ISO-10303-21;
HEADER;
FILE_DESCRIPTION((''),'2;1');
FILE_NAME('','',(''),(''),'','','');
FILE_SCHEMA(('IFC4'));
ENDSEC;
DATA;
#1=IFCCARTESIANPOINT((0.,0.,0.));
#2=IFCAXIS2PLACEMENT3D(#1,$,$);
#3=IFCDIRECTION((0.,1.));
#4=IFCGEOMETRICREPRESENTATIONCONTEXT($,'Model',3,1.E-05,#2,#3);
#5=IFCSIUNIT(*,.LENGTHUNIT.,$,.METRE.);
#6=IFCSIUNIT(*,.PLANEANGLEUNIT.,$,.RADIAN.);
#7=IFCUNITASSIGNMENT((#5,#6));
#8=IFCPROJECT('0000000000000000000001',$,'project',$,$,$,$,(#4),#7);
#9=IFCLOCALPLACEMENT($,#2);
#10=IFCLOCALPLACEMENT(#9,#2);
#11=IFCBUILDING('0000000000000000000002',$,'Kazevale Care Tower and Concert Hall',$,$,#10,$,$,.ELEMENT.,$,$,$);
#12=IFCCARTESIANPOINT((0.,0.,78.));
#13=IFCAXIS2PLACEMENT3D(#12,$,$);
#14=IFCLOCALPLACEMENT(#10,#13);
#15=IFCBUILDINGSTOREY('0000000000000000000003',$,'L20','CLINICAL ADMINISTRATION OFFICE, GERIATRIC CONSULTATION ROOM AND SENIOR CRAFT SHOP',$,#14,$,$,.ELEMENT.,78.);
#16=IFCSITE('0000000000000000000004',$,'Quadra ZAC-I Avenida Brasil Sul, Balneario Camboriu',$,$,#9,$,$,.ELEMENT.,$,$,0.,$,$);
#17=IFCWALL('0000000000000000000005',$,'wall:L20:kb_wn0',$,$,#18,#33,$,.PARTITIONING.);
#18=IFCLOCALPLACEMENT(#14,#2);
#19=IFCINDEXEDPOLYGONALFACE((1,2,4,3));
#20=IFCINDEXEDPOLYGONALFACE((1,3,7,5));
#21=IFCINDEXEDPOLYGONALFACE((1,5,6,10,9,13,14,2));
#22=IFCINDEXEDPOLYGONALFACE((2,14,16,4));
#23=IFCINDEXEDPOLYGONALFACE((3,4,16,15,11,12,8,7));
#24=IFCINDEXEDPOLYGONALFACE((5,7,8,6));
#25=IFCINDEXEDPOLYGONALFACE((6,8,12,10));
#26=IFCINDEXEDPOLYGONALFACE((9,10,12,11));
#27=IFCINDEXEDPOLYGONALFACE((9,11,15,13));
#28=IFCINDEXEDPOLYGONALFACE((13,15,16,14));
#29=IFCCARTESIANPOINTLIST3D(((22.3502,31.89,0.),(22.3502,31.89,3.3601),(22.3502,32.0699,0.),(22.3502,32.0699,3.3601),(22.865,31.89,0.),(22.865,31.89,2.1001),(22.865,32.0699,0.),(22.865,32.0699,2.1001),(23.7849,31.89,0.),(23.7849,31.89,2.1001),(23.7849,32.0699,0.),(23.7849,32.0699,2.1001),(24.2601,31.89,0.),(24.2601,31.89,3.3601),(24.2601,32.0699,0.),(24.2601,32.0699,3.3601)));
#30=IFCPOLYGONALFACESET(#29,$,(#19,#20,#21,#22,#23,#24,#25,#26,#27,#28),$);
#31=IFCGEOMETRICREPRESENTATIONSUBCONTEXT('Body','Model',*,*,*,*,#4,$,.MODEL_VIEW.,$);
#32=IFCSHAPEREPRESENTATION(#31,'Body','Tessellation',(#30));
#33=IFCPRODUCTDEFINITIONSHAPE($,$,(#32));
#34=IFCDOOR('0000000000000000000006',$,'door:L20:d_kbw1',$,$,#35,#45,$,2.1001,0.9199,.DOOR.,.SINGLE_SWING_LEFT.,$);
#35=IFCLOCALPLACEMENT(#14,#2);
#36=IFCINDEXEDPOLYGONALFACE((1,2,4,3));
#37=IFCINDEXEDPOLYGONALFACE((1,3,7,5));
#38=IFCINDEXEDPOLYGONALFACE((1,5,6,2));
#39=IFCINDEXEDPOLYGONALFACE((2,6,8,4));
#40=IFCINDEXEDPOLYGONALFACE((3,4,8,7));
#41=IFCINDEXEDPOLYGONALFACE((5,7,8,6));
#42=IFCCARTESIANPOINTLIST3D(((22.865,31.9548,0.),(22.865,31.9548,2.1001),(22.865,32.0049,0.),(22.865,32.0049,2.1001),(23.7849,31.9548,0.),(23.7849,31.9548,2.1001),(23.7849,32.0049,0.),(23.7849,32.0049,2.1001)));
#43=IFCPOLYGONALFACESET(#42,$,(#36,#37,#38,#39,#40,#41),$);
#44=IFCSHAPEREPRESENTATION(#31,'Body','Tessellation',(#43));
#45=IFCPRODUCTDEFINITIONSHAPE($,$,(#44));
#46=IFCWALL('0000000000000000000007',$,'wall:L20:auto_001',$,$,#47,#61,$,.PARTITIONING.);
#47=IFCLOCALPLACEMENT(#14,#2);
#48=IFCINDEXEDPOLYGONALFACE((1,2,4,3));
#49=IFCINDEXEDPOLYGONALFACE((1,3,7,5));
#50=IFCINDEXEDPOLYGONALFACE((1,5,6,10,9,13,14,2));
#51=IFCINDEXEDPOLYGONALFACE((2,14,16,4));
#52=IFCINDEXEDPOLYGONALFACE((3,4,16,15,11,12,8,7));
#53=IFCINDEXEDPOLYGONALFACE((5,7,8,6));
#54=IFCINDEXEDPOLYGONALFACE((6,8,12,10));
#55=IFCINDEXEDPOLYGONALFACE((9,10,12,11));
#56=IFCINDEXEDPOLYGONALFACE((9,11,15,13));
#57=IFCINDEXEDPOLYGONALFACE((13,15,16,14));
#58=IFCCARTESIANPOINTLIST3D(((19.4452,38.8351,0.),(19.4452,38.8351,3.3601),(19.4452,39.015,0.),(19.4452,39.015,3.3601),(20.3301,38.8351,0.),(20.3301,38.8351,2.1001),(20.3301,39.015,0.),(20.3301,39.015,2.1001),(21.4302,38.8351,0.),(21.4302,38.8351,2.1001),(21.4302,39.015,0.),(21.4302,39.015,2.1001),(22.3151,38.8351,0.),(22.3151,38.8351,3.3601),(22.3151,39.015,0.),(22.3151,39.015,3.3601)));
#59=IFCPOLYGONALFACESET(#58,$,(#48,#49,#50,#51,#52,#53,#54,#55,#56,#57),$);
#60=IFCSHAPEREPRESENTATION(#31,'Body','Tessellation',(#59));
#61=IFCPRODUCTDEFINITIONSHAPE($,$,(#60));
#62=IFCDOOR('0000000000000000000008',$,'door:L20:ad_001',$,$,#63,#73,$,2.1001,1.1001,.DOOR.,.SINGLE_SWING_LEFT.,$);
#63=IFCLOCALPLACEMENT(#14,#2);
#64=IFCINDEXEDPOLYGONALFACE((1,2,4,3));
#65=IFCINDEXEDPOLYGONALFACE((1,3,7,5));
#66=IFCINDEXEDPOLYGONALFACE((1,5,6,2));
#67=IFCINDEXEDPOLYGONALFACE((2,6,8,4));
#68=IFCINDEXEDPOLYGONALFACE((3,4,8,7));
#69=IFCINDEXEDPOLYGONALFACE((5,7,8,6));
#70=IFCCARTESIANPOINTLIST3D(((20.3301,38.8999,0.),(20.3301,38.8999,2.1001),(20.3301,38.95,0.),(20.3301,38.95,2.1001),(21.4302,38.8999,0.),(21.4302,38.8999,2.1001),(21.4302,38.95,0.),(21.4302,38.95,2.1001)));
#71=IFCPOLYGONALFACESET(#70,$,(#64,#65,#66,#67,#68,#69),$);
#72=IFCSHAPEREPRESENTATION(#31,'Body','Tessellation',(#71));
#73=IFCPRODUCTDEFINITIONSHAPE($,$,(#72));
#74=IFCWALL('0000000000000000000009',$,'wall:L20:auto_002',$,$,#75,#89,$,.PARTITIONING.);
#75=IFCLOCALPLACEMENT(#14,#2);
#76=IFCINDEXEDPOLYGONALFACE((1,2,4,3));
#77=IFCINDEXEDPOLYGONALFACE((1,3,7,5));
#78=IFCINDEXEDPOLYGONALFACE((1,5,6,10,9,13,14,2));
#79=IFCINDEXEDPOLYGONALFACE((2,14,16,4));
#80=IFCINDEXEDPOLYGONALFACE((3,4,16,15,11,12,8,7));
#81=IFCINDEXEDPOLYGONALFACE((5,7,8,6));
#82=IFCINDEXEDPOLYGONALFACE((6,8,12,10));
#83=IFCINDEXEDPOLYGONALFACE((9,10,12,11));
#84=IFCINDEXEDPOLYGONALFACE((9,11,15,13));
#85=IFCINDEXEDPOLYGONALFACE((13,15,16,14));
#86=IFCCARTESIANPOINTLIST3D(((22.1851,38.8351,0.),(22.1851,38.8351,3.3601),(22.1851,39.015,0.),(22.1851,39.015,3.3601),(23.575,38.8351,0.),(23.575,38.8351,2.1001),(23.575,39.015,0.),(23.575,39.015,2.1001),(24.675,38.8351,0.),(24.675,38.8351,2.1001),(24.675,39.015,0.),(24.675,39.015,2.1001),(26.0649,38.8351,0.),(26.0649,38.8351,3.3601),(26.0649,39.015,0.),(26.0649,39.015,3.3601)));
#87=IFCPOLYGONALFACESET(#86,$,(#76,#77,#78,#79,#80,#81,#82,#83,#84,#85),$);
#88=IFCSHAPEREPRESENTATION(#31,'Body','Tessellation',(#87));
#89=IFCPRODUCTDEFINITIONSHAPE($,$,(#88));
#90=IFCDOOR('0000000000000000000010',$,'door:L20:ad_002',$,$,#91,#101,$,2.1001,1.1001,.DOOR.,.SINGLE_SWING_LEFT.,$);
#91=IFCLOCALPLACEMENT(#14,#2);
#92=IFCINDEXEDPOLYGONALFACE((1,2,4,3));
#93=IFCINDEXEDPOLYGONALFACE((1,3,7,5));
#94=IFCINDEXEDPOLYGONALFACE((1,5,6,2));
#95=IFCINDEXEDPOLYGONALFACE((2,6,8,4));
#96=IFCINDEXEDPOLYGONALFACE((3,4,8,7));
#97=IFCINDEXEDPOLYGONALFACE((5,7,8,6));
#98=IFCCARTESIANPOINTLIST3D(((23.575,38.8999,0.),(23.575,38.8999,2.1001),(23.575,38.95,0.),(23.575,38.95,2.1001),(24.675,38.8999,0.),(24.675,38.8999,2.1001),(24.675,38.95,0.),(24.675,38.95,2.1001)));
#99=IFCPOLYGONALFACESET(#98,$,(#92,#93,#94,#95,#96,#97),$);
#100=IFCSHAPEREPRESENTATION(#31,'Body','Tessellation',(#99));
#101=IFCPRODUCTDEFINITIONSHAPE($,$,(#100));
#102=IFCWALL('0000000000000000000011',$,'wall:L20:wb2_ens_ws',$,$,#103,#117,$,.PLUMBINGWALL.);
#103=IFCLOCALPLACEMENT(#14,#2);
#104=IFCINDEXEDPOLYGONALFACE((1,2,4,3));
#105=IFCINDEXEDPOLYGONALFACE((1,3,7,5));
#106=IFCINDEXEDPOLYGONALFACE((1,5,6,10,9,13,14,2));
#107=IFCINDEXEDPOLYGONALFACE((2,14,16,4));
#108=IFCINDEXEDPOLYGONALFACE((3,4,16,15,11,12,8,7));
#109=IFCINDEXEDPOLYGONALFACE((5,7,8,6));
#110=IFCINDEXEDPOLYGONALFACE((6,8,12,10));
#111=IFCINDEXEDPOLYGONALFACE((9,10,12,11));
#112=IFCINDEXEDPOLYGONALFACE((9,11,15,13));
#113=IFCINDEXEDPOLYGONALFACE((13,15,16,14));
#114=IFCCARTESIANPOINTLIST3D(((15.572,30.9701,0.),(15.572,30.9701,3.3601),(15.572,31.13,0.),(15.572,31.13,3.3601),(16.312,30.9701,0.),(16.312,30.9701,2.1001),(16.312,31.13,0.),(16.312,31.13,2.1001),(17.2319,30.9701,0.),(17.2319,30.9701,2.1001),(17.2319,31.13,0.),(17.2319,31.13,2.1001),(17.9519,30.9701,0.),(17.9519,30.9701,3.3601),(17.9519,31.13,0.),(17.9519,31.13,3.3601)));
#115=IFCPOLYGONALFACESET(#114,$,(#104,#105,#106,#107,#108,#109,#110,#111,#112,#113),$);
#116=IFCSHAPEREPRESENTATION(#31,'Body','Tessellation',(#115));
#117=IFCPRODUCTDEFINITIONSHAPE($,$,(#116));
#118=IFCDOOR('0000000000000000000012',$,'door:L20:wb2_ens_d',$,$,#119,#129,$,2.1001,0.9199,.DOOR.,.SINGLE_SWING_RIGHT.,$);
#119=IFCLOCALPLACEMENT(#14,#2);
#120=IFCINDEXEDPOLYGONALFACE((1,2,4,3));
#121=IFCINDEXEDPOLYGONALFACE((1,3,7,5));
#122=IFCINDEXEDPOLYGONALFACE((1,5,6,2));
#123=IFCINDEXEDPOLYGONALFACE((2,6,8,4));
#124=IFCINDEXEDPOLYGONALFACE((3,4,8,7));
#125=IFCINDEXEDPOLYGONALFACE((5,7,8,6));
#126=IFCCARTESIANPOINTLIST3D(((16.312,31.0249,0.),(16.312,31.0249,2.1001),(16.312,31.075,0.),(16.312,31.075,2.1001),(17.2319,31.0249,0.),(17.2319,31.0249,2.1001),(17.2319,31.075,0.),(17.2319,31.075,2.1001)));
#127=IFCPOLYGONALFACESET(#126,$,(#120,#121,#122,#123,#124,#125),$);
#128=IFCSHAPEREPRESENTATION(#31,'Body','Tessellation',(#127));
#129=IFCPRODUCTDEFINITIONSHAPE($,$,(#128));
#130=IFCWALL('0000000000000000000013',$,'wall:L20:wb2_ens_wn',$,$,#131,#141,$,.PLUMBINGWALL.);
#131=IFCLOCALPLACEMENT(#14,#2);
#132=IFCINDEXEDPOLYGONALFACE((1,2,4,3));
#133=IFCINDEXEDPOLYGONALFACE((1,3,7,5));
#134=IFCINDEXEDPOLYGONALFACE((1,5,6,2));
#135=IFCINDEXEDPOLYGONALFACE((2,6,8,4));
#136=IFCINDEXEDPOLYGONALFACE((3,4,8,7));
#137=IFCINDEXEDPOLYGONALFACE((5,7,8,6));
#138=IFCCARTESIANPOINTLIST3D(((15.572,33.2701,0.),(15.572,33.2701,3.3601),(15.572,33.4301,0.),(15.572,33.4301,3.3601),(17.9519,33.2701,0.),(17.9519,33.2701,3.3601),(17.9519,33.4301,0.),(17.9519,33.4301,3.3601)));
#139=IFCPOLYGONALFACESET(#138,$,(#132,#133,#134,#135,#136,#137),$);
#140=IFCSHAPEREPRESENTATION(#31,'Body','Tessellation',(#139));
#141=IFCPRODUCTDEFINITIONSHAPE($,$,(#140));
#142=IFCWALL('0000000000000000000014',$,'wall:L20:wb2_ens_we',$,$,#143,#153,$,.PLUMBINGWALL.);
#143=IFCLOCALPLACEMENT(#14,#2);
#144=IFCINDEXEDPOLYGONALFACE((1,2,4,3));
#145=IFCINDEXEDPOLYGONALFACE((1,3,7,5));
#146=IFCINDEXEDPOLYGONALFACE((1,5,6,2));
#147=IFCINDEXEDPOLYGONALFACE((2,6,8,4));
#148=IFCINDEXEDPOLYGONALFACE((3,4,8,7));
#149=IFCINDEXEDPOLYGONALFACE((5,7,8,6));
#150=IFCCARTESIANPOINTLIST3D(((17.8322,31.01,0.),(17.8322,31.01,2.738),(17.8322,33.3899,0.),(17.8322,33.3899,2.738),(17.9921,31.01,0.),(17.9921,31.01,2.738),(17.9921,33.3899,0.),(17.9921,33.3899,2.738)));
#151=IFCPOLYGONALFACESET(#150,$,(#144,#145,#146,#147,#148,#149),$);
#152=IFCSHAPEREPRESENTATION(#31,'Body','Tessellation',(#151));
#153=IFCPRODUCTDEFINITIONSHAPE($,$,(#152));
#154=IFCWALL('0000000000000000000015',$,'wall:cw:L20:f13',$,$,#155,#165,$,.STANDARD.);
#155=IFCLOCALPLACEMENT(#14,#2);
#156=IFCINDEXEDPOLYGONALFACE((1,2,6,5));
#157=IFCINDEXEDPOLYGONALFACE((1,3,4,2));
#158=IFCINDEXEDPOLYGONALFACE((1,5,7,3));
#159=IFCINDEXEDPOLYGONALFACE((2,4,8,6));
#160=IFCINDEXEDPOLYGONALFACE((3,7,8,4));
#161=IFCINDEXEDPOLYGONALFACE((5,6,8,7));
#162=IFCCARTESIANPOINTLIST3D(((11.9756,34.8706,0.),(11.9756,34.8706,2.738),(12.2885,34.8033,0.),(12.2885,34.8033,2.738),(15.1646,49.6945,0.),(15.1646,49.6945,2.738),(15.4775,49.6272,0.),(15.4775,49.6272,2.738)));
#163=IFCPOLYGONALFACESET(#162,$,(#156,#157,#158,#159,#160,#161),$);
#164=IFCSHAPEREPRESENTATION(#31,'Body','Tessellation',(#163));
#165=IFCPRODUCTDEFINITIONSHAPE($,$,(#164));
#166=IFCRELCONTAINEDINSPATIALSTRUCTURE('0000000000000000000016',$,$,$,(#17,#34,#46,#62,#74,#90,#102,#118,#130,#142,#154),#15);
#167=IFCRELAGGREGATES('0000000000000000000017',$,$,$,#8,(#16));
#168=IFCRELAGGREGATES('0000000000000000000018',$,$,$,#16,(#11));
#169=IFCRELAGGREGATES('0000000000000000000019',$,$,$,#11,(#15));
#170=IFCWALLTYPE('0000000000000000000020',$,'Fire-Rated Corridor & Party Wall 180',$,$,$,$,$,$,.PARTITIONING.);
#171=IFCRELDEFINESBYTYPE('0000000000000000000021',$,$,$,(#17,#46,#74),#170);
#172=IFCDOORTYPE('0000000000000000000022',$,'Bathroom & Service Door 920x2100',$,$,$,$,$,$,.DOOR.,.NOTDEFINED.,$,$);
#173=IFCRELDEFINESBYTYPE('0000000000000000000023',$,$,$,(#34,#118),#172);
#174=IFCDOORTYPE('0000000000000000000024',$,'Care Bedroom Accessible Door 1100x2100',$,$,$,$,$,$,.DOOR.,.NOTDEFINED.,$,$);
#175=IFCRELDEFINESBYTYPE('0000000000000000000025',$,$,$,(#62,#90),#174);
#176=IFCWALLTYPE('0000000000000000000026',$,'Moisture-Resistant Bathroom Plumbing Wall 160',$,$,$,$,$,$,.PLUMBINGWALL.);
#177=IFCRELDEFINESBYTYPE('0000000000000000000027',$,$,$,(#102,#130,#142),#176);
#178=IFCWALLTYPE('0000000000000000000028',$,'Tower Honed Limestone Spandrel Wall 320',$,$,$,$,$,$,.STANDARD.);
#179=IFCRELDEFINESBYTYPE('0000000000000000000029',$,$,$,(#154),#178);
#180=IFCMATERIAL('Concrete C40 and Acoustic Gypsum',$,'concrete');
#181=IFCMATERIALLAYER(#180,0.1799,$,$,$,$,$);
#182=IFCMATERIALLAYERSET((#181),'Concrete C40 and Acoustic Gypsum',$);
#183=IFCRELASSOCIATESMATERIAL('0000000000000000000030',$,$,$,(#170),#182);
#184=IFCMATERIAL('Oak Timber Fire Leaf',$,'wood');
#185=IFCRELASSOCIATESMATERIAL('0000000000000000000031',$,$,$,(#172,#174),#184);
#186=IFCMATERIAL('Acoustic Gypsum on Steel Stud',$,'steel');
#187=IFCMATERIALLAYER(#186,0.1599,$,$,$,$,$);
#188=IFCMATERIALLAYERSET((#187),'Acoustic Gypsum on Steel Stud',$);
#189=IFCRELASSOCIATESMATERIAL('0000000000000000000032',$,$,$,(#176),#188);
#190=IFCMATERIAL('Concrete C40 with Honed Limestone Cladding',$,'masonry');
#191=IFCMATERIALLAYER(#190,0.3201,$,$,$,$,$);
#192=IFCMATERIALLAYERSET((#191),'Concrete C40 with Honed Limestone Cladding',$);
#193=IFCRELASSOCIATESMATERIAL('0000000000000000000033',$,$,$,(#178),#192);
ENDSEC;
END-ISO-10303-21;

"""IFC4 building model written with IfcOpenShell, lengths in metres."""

from ifc_helpers import new_model, si_unit, direction, frame, frame_2d, origin, place, context, subcontext, project, spatial, rectangle, extrude, material, layer, layer_set, type_object, element, fill, save


model = new_model("IFC4")

# Units and contexts
model_context = context("Model", 3, precision=1e-05, world=origin(), true_north=direction((0.0, 1.0)))
body_context = subcontext(model_context, "Body", "Model", "MODEL_VIEW")
ifc_project = project(units=[si_unit("LENGTHUNIT", "METRE"), si_unit("PLANEANGLEUNIT", "RADIAN")], contexts=[model_context])

# Site, building, storey
site_placement = place(None, origin())
site = spatial("IfcSite", under=ifc_project, at=site_placement, Name="Quadra ZAC-I Avenida Brasil Sul, Balneario Camboriu", CompositionType="ELEMENT", RefElevation=0.0)
building_placement = place(site_placement, origin())
building = spatial("IfcBuilding", under=site, at=building_placement, Name="Kazevale Care Tower and Concert Hall", CompositionType="ELEMENT")
storey_placement = place(building_placement, frame((0.0, 0.0, 78.0)))
storey = spatial("IfcBuildingStorey", under=building, at=storey_placement, Name="L20", Description="CLINICAL ADMINISTRATION OFFICE, GERIATRIC CONSULTATION ROOM AND SENIOR CRAFT SHOP", CompositionType="ELEMENT", Elevation=78.0)

# Walls, openings, doors
ifc_material_1 = material(Name="Concrete C40 and Acoustic Gypsum", Category="concrete")
ifc_layer_1 = layer(ifc_material_1, 0.1799)
ifc_layer_set_1 = layer_set([ifc_layer_1], Name="Concrete C40 and Acoustic Gypsum")
wall_type_1 = type_object("IfcWallType", Name="Fire-Rated Corridor & Party Wall 180", PredefinedType="PARTITIONING", material=ifc_layer_set_1)
wall_1_placement = place(storey_placement, frame((22.3501, 31.98, 0.0), z_axis=(0.0, 0.0, 1.0), x_axis=(1.0, 0.0, 0.0)))
wall_1 = element("IfcWall", 1, at=wall_1_placement, inside=storey, type_object=wall_type_1, Name="wall:L20:kb_wn0", PredefinedType="PARTITIONING", context=body_context, shape_type="SweptSolid", body=[
    extrude(rectangle(XDim=1.9099, YDim=0.1799, at=frame_2d((0.9551, 0.0))), origin(), (0.0, 0.0, 1.0), 3.3601),
])
opening_1_placement = place(wall_1_placement, frame((0.5149, 0.0, 0.0)))
opening_1 = element("IfcOpeningElement", 2, at=opening_1_placement, cuts=wall_1, PredefinedType="OPENING", context=body_context, shape_type="SweptSolid", body=[
    extrude(rectangle(XDim=0.9199, YDim=2.1001, at=frame_2d((0.46, 1.05))), frame((0.0, 0.0999, 0.0), z_axis=(0.0, -1.0, 0.0), x_axis=(1.0, 0.0, 0.0)), (0.0, 0.0, 1.0), 0.2),
])
ifc_material_2 = material(Name="Oak Timber Fire Leaf", Category="wood")
door_type_1 = type_object("IfcDoorType", Name="Bathroom & Service Door 920x2100", OperationType="NOTDEFINED", PredefinedType="DOOR", material=ifc_material_2)
door_1_placement = place(opening_1_placement, origin())
door_1 = element("IfcDoor", 3, at=door_1_placement, inside=storey, type_object=door_type_1, Name="door:L20:d_kbw1", OperationType="SINGLE_SWING_LEFT", OverallHeight=2.1001, OverallWidth=0.9199, PredefinedType="DOOR", context=body_context, shape_type="SweptSolid", body=[
    extrude(rectangle(XDim=0.9199, YDim=2.1001, at=frame_2d((0.46, 1.05))), frame((0.0, 0.0249, 0.0), z_axis=(0.0, -1.0, 0.0), x_axis=(1.0, 0.0, 0.0)), (0.0, 0.0, 1.0), 0.05),
])
fill(opening_1, door_1)
wall_2_placement = place(storey_placement, frame((19.4451, 38.925, 0.0), z_axis=(0.0, 0.0, 1.0), x_axis=(1.0, 0.0, 0.0)))
wall_2 = element("IfcWall", 4, at=wall_2_placement, inside=storey, type_object=wall_type_1, Name="wall:L20:auto_001", PredefinedType="PARTITIONING", context=body_context, shape_type="SweptSolid", body=[
    extrude(rectangle(XDim=2.8699, YDim=0.1799, at=frame_2d((1.4351, 0.0))), origin(), (0.0, 0.0, 1.0), 3.3601),
])
opening_2_placement = place(wall_2_placement, frame((0.885, 0.0, 0.0)))
opening_2 = element("IfcOpeningElement", 5, at=opening_2_placement, cuts=wall_2, PredefinedType="OPENING", context=body_context, shape_type="SweptSolid", body=[
    extrude(rectangle(XDim=1.1001, YDim=2.1001, at=frame_2d((0.55, 1.05))), frame((0.0, 0.0999, 0.0), z_axis=(0.0, -1.0, 0.0), x_axis=(1.0, 0.0, 0.0)), (0.0, 0.0, 1.0), 0.2),
])
door_type_2 = type_object("IfcDoorType", Name="Care Bedroom Accessible Door 1100x2100", OperationType="NOTDEFINED", PredefinedType="DOOR", material=ifc_material_2)
door_2_placement = place(opening_2_placement, origin())
door_2 = element("IfcDoor", 6, at=door_2_placement, inside=storey, type_object=door_type_2, Name="door:L20:ad_001", OperationType="SINGLE_SWING_LEFT", OverallHeight=2.1001, OverallWidth=1.1001, PredefinedType="DOOR", context=body_context, shape_type="SweptSolid", body=[
    extrude(rectangle(XDim=1.1001, YDim=2.1001, at=frame_2d((0.55, 1.05))), frame((0.0, 0.0249, 0.0), z_axis=(0.0, -1.0, 0.0), x_axis=(1.0, 0.0, 0.0)), (0.0, 0.0, 1.0), 0.05),
])
fill(opening_2, door_2)
wall_3_placement = place(storey_placement, frame((22.1851, 38.925, 0.0), z_axis=(0.0, 0.0, 1.0), x_axis=(1.0, 0.0, 0.0)))
wall_3 = element("IfcWall", 7, at=wall_3_placement, inside=storey, type_object=wall_type_1, Name="wall:L20:auto_002", PredefinedType="PARTITIONING", context=body_context, shape_type="SweptSolid", body=[
    extrude(rectangle(XDim=3.8799, YDim=0.1799, at=frame_2d((1.9399, 0.0))), origin(), (0.0, 0.0, 1.0), 3.3601),
])
opening_3_placement = place(wall_3_placement, frame((1.3899, 0.0, 0.0)))
opening_3 = element("IfcOpeningElement", 8, at=opening_3_placement, cuts=wall_3, PredefinedType="OPENING", context=body_context, shape_type="SweptSolid", body=[
    extrude(rectangle(XDim=1.1001, YDim=2.1001, at=frame_2d((0.55, 1.05))), frame((0.0, 0.0999, 0.0), z_axis=(0.0, -1.0, 0.0), x_axis=(1.0, 0.0, 0.0)), (0.0, 0.0, 1.0), 0.2),
])
door_3_placement = place(opening_3_placement, origin())
door_3 = element("IfcDoor", 9, at=door_3_placement, inside=storey, type_object=door_type_2, Name="door:L20:ad_002", OperationType="SINGLE_SWING_LEFT", OverallHeight=2.1001, OverallWidth=1.1001, PredefinedType="DOOR", context=body_context, shape_type="SweptSolid", body=[
    extrude(rectangle(XDim=1.1001, YDim=2.1001, at=frame_2d((0.55, 1.05))), frame((0.0, 0.0249, 0.0), z_axis=(0.0, -1.0, 0.0), x_axis=(1.0, 0.0, 0.0)), (0.0, 0.0, 1.0), 0.05),
])
fill(opening_3, door_3)
ifc_material_3 = material(Name="Acoustic Gypsum on Steel Stud", Category="steel")
ifc_layer_2 = layer(ifc_material_3, 0.1599)
ifc_layer_set_2 = layer_set([ifc_layer_2], Name="Acoustic Gypsum on Steel Stud")
wall_type_2 = type_object("IfcWallType", Name="Moisture-Resistant Bathroom Plumbing Wall 160", PredefinedType="PLUMBINGWALL", material=ifc_layer_set_2)
wall_4_placement = place(storey_placement, frame((15.572, 31.05, 0.0), z_axis=(0.0, 0.0, 1.0), x_axis=(1.0, 0.0, 0.0)))
wall_4 = element("IfcWall", 10, at=wall_4_placement, inside=storey, type_object=wall_type_2, Name="wall:L20:wb2_ens_ws", PredefinedType="PLUMBINGWALL", context=body_context, shape_type="SweptSolid", body=[
    extrude(rectangle(XDim=2.3799, YDim=0.1599, at=frame_2d((1.1899, 0.0))), origin(), (0.0, 0.0, 1.0), 3.3601),
])
opening_4_placement = place(wall_4_placement, frame((0.74, 0.0, 0.0)))
opening_4 = element("IfcOpeningElement", 11, at=opening_4_placement, cuts=wall_4, PredefinedType="OPENING", context=body_context, shape_type="SweptSolid", body=[
    extrude(rectangle(XDim=0.9199, YDim=2.1001, at=frame_2d((0.46, 1.05))), frame((0.0, 0.0898, 0.0), z_axis=(0.0, -1.0, 0.0), x_axis=(1.0, 0.0, 0.0)), (0.0, 0.0, 1.0), 0.1799),
])
door_4_placement = place(opening_4_placement, origin())
door_4 = element("IfcDoor", 12, at=door_4_placement, inside=storey, type_object=door_type_1, Name="door:L20:wb2_ens_d", OperationType="SINGLE_SWING_RIGHT", OverallHeight=2.1001, OverallWidth=0.9199, PredefinedType="DOOR", context=body_context, shape_type="SweptSolid", body=[
    extrude(rectangle(XDim=0.9199, YDim=2.1001, at=frame_2d((0.46, 1.05))), frame((0.0, 0.0249, 0.0), z_axis=(0.0, -1.0, 0.0), x_axis=(1.0, 0.0, 0.0)), (0.0, 0.0, 1.0), 0.05),
])
fill(opening_4, door_4)

# Walls
wall_5_placement = place(storey_placement, frame((15.572, 33.3501, 0.0), z_axis=(0.0, 0.0, 1.0), x_axis=(1.0, 0.0, 0.0)))
element("IfcWall", 13, at=wall_5_placement, inside=storey, type_object=wall_type_2, Name="wall:L20:wb2_ens_wn", PredefinedType="PLUMBINGWALL", context=body_context, shape_type="SweptSolid", body=[
    extrude(rectangle(XDim=2.3799, YDim=0.1599, at=frame_2d((1.1899, 0.0))), origin(), (0.0, 0.0, 1.0), 3.3601),
])
wall_6_placement = place(storey_placement, frame((17.9121, 31.01, 0.0), z_axis=(0.0, 0.0, 1.0), x_axis=(0.0, 1.0, 0.0)))
element("IfcWall", 14, at=wall_6_placement, inside=storey, type_object=wall_type_2, Name="wall:L20:wb2_ens_we", PredefinedType="PLUMBINGWALL", context=body_context, shape_type="SweptSolid", body=[
    extrude(rectangle(XDim=2.3799, YDim=0.1599, at=frame_2d((1.1899, 0.0))), origin(), (0.0, 0.0, 1.0), 2.738),
])
ifc_material_4 = material(Name="Concrete C40 with Honed Limestone Cladding", Category="masonry")
ifc_layer_3 = layer(ifc_material_4, 0.3201)
ifc_layer_set_3 = layer_set([ifc_layer_3], Name="Concrete C40 with Honed Limestone Cladding")
wall_type_3 = type_object("IfcWallType", Name="Tower Honed Limestone Spandrel Wall 320", PredefinedType="STANDARD", material=ifc_layer_set_3)
wall_7_placement = place(storey_placement, frame((12.1321, 34.8369, 0.0), z_axis=(0.0, 0.0, 1.0), x_axis=(0.210311, 0.977635, 0.0)))
element("IfcWall", 15, at=wall_7_placement, inside=storey, type_object=wall_type_3, Name="wall:cw:L20:f13", PredefinedType="STANDARD", context=body_context, shape_type="SweptSolid", body=[
    extrude(rectangle(XDim=15.1631, YDim=0.3201, at=frame_2d((7.5815, 0.0))), origin(), (0.0, 0.0, 1.0), 2.738),
])

save(model, "model.ifc")
